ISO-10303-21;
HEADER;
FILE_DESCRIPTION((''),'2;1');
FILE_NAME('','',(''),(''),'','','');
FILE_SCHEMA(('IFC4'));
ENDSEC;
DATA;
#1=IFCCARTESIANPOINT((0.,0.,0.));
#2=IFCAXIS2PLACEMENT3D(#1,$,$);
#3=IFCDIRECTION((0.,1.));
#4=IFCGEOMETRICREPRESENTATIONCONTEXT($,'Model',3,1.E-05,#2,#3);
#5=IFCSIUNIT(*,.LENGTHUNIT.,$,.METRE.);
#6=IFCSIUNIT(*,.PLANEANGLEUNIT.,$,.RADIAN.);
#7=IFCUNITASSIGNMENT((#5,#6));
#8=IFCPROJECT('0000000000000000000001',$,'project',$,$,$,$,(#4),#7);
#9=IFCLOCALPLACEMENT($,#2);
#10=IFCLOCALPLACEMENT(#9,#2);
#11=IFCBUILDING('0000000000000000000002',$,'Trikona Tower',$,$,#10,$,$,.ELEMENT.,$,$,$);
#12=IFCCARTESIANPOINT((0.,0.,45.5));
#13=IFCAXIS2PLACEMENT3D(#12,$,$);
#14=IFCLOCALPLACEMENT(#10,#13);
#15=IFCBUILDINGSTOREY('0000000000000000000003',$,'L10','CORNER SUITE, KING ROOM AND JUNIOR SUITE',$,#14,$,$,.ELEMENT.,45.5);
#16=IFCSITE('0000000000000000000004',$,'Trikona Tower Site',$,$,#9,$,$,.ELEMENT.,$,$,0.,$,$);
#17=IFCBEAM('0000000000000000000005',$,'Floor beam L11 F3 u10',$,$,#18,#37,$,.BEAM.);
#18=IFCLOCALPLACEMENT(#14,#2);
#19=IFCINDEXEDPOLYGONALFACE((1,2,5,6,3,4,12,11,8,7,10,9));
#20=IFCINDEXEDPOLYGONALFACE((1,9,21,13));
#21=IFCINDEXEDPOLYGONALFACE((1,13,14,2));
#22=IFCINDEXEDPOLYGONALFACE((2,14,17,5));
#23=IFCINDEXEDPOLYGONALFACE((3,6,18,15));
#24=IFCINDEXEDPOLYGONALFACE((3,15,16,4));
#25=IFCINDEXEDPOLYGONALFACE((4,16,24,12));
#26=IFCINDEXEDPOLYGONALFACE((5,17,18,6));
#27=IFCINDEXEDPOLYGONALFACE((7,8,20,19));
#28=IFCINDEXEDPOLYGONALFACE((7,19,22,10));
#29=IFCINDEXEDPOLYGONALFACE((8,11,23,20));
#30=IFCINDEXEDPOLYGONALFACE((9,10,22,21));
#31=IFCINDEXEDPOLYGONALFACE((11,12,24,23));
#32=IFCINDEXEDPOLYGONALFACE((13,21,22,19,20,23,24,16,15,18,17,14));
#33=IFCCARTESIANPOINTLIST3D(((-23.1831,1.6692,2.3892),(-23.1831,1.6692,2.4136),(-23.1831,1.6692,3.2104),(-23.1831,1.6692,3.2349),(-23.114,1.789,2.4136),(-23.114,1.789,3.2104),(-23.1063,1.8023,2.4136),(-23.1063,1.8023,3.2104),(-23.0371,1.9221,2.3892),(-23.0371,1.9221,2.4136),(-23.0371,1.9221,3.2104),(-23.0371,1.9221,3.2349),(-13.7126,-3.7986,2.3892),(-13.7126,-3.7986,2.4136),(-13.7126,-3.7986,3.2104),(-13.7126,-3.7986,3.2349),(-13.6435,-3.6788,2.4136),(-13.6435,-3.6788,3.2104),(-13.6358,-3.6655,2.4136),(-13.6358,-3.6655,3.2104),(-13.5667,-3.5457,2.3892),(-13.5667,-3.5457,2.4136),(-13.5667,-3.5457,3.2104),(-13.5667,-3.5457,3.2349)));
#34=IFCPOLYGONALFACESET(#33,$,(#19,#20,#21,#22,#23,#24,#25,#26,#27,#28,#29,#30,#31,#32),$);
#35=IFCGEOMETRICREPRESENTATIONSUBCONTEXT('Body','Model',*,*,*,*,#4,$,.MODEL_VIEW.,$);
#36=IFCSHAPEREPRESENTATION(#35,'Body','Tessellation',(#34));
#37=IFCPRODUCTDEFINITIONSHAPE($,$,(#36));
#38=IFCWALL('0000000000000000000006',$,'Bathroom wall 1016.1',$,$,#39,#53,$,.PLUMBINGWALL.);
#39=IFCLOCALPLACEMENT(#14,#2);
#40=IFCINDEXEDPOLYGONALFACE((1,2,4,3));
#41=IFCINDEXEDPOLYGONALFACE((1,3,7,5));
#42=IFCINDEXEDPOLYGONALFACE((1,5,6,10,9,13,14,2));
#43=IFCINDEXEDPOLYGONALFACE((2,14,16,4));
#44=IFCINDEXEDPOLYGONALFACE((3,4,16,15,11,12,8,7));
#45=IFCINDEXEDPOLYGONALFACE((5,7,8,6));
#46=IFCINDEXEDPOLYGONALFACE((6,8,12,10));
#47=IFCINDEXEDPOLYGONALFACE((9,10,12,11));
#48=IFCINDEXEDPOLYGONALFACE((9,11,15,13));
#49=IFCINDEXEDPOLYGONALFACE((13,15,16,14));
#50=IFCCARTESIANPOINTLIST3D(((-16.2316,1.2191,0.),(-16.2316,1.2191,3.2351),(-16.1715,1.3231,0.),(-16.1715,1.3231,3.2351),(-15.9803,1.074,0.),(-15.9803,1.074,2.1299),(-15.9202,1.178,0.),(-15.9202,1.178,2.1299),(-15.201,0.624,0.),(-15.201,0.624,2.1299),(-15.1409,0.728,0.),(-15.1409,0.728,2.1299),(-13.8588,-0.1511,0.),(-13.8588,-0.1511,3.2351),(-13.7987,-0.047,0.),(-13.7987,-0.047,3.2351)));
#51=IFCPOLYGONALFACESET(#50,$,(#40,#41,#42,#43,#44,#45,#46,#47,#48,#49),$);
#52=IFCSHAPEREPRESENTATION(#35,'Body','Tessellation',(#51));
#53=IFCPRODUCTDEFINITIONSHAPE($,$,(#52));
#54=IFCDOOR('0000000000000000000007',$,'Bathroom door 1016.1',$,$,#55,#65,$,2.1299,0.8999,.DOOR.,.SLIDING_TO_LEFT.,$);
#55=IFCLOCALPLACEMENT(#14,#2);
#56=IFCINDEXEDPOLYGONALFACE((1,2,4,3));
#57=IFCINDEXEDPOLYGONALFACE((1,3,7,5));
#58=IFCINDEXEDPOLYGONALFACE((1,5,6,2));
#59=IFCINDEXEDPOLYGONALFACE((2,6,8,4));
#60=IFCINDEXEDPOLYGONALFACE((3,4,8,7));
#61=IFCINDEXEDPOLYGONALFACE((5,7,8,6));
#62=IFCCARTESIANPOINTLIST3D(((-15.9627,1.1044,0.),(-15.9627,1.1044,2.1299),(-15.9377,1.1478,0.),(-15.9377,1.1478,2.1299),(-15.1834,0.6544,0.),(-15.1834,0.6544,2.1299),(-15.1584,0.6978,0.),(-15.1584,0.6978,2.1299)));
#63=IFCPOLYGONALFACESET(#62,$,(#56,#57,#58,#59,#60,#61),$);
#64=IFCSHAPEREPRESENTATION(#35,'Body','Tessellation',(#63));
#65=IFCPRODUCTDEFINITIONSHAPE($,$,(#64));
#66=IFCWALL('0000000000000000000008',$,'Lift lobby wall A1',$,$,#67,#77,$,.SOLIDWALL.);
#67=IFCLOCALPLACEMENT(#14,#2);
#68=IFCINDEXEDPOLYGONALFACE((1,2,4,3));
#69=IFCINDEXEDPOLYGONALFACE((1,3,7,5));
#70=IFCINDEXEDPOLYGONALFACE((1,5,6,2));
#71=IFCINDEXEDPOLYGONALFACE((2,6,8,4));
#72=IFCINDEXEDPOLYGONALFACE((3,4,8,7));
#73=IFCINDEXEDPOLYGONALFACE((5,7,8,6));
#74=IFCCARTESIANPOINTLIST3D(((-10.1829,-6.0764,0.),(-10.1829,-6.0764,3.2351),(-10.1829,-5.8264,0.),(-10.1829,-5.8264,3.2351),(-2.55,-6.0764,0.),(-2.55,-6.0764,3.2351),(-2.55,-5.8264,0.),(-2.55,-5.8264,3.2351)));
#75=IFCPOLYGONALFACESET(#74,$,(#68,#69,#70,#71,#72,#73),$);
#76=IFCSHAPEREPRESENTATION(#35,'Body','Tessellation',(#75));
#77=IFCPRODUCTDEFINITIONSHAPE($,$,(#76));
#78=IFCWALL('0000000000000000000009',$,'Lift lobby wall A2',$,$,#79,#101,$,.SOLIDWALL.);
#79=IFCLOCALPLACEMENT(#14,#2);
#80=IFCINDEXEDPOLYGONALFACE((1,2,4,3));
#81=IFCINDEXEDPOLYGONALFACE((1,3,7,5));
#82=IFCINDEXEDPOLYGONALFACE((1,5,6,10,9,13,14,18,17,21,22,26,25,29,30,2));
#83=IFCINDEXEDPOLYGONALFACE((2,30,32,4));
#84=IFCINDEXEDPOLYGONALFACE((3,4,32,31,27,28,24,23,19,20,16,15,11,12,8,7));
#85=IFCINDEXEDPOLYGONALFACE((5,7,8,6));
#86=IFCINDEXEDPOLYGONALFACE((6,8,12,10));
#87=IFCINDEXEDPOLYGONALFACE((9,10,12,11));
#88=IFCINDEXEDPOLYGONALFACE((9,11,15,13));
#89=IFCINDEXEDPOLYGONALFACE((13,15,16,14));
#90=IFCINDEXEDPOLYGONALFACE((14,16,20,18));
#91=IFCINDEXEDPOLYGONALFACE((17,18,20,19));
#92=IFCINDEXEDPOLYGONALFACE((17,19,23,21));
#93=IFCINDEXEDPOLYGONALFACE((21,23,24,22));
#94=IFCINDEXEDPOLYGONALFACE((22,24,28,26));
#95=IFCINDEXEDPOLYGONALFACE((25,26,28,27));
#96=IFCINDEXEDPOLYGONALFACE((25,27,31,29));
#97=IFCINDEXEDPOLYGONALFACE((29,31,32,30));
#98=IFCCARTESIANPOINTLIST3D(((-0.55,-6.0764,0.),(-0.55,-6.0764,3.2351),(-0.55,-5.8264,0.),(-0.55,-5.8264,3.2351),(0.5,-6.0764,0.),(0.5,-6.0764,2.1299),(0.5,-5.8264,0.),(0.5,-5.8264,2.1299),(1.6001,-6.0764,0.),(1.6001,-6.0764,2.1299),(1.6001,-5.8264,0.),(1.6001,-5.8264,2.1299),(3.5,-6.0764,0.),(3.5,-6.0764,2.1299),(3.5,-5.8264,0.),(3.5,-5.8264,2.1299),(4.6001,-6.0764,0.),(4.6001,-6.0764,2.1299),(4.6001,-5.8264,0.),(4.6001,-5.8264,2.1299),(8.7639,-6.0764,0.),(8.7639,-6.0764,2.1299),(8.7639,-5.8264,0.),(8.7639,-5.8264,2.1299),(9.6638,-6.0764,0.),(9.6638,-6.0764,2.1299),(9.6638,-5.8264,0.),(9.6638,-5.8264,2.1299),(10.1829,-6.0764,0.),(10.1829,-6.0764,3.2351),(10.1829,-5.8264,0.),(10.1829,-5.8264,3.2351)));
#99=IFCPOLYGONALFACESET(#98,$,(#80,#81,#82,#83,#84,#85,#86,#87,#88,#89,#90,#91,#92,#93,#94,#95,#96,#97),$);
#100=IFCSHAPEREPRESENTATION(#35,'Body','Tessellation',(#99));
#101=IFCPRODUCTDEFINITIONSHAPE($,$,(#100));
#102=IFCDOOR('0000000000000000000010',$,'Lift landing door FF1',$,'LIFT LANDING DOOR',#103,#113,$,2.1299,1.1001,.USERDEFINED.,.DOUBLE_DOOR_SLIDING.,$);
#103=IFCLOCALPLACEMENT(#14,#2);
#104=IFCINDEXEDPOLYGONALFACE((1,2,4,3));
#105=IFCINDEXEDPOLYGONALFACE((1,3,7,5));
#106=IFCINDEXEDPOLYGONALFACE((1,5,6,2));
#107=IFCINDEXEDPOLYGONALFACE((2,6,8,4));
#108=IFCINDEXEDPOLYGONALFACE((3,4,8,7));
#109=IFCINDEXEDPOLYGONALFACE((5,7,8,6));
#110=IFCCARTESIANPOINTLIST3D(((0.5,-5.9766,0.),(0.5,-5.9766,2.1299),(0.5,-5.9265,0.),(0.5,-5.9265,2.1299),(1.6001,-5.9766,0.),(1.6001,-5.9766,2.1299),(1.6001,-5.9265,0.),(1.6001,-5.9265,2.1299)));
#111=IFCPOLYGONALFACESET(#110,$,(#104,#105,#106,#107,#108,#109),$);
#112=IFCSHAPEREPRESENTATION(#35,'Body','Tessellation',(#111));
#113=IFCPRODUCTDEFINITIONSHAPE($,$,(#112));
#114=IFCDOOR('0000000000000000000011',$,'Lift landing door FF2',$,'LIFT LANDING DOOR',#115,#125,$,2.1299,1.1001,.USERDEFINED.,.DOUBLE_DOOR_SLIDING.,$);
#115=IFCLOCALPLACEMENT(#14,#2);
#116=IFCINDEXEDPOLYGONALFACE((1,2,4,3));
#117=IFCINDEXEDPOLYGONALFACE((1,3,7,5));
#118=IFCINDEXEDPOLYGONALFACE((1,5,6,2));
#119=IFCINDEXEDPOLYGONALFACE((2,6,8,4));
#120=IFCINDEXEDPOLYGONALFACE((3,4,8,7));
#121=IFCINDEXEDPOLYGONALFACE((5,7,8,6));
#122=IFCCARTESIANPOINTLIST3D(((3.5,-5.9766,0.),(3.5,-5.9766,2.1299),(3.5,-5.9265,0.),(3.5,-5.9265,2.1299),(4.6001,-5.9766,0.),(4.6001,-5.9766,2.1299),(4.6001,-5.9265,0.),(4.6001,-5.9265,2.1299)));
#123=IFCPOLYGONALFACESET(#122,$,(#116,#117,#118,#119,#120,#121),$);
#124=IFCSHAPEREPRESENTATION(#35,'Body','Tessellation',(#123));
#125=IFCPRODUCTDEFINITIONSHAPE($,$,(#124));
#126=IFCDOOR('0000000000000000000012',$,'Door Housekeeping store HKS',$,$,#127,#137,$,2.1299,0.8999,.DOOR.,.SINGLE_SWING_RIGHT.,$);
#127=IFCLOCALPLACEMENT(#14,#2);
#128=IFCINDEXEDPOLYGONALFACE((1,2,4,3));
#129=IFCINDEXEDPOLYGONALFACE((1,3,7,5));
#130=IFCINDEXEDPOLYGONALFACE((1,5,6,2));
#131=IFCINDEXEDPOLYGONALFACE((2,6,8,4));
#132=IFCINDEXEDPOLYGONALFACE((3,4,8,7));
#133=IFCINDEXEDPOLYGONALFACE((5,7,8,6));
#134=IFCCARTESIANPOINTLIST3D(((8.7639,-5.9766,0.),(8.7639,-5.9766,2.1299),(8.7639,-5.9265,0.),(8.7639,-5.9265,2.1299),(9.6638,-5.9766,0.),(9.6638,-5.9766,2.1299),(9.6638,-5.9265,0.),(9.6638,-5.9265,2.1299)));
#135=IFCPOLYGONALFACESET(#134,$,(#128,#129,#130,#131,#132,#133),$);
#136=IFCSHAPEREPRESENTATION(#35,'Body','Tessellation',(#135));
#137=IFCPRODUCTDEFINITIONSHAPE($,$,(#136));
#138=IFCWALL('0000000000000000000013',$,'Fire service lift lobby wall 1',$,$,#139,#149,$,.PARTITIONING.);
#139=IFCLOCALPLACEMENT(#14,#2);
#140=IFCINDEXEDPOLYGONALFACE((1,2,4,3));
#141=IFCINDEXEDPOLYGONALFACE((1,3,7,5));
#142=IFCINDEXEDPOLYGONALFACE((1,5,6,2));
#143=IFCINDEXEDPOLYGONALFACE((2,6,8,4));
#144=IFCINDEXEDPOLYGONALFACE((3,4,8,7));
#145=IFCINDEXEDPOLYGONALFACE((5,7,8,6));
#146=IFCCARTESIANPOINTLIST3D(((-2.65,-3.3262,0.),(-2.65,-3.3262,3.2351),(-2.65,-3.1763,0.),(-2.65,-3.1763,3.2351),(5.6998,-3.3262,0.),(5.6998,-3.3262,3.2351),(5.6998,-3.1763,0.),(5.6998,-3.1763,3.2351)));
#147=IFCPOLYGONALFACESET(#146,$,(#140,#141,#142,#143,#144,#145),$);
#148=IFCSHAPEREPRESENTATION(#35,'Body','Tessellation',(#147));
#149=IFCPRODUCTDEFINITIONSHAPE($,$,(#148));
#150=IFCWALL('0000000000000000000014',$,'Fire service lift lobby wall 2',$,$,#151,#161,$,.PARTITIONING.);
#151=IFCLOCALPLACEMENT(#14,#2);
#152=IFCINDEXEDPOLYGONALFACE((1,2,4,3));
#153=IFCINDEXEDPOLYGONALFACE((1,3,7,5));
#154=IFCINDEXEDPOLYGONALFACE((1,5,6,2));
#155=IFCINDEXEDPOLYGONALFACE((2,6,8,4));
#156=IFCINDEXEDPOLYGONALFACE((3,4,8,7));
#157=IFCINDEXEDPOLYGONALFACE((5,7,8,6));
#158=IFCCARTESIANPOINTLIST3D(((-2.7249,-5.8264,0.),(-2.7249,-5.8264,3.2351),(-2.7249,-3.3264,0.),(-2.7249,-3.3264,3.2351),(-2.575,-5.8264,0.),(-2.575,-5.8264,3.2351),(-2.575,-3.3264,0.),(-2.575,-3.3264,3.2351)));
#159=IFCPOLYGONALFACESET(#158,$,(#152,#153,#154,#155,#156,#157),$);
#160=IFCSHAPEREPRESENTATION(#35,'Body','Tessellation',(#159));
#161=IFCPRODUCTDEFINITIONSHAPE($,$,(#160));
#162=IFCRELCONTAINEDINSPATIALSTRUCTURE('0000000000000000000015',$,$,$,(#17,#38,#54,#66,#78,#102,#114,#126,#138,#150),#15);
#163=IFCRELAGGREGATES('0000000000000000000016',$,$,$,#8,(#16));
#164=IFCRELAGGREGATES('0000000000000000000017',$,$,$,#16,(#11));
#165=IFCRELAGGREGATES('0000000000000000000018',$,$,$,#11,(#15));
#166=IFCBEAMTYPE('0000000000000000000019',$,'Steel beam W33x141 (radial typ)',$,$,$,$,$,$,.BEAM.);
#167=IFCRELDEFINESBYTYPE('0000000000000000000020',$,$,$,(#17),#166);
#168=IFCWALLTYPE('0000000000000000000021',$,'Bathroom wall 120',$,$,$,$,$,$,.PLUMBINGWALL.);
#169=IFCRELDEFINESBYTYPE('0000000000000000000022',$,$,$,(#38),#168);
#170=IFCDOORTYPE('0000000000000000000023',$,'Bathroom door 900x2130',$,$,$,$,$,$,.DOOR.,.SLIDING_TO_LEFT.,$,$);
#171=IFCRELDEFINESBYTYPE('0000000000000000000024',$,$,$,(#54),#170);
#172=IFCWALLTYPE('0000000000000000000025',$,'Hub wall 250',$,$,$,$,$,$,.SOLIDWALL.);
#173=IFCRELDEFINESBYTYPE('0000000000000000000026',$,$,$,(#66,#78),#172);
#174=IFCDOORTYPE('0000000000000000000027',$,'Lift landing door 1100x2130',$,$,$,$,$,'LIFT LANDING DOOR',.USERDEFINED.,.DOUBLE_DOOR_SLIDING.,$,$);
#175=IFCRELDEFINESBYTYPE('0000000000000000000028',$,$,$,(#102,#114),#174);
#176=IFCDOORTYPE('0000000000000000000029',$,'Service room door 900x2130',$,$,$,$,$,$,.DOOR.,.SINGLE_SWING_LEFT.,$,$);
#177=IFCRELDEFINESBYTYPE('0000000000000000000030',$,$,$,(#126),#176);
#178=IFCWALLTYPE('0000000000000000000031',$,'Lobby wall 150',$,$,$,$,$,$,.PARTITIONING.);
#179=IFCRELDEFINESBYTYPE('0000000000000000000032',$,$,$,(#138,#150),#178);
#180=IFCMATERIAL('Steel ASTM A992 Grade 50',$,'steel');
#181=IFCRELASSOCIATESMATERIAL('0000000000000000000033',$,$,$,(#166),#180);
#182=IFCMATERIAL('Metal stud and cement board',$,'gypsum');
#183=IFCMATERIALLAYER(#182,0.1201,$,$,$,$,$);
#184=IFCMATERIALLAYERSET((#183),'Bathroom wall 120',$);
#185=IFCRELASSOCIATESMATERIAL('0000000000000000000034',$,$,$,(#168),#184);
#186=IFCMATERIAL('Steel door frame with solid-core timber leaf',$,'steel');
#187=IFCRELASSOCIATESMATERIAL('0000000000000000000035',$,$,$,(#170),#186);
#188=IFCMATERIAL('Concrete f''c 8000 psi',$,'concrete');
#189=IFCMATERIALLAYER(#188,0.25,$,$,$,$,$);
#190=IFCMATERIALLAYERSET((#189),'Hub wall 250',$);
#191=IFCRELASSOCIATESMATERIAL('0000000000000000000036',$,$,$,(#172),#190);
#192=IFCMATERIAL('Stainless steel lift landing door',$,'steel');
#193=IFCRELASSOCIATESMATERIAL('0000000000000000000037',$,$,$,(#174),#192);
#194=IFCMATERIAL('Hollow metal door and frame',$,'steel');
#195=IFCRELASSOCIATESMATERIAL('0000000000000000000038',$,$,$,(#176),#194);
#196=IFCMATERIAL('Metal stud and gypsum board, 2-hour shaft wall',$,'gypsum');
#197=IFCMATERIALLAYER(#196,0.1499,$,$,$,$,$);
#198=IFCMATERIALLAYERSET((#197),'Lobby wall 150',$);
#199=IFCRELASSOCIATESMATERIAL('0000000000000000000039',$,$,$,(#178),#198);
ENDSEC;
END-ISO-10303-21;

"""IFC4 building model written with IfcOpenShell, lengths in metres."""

from ifc_helpers import new_model, si_unit, direction, frame, frame_2d, origin, origin_2d, place, context, subcontext, project, spatial, rectangle, i_section, extrude, material, layer, layer_set, material_profile, profile_set, type_object, element, fill, save


model = new_model("IFC4")

# Units and contexts
model_context = context("Model", 3, precision=1e-05, world=origin(), true_north=direction((0.0, 1.0)))
body_context = subcontext(model_context, "Body", "Model", "MODEL_VIEW")
ifc_project = project(units=[si_unit("LENGTHUNIT", "METRE"), si_unit("PLANEANGLEUNIT", "RADIAN")], contexts=[model_context])

# Site, building, storey
site_placement = place(None, origin())
site = spatial("IfcSite", under=ifc_project, at=site_placement, Name="Trikona Tower Site", CompositionType="ELEMENT", RefElevation=0.0)
building_placement = place(site_placement, origin())
building = spatial("IfcBuilding", under=site, at=building_placement, Name="Trikona Tower", CompositionType="ELEMENT")
storey_placement = place(building_placement, frame((0.0, 0.0, 45.5)))
storey = spatial("IfcBuildingStorey", under=building, at=storey_placement, Name="L10", Description="CORNER SUITE, KING ROOM AND JUNIOR SUITE", CompositionType="ELEMENT", Elevation=45.5)

# Beam
ifc_material_1 = material(Name="Steel ASTM A992 Grade 50", Category="steel")
ifc_material_profile = material_profile(ifc_material_1, i_section(OverallWidth=0.292, OverallDepth=0.8457, WebThickness=0.0154, FlangeThickness=0.0244, at=origin_2d()), Name="W33X141")
ifc_profile_set = profile_set([ifc_material_profile], Name="Steel ASTM A992 Grade 50")
beam_type = type_object("IfcBeamType", Name="Steel beam W33x141 (radial typ)", PredefinedType="BEAM", material=ifc_profile_set)
beam_placement = place(storey_placement, frame((-13.6396, -3.6721, 2.812), z_axis=(-0.866025, 0.5, 0.0), x_axis=(-0.5, -0.866025, 0.0)))
element("IfcBeam", 1, at=beam_placement, inside=storey, type_object=beam_type, Name="Floor beam L11 F3 u10", PredefinedType="BEAM", context=body_context, shape_type="SweptSolid", body=[
    extrude(i_section(OverallWidth=0.292, OverallDepth=0.8457, WebThickness=0.0154, FlangeThickness=0.0244, at=origin_2d()), origin(), (0.0, 0.0, 1.0), 10.9355),
])

# Wall, opening, door
ifc_material_2 = material(Name="Metal stud and cement board", Category="gypsum")
ifc_layer_1 = layer(ifc_material_2, 0.1201)
ifc_layer_set_1 = layer_set([ifc_layer_1], Name="Bathroom wall 120")
wall_type_1 = type_object("IfcWallType", Name="Bathroom wall 120", PredefinedType="PLUMBINGWALL", material=ifc_layer_set_1)
wall_1_placement = place(storey_placement, frame((-13.8286, -0.0991, 0.0), z_axis=(0.0, 0.0, 1.0), x_axis=(-0.865997, 0.500049, 0.0)))
wall_1 = element("IfcWall", 2, at=wall_1_placement, inside=storey, type_object=wall_type_1, Name="Bathroom wall 1016.1", PredefinedType="PLUMBINGWALL", context=body_context, shape_type="SweptSolid", body=[
    extrude(rectangle(XDim=2.74, YDim=0.1201, at=frame_2d((1.3701, 0.0))), origin(), (0.0, 0.0, 1.0), 3.2351),
])
opening_1_placement = place(wall_1_placement, frame((1.55, 0.0, 0.0)))
opening_1 = element("IfcOpeningElement", 3, at=opening_1_placement, cuts=wall_1, PredefinedType="OPENING", context=body_context, shape_type="SweptSolid", body=[
    extrude(rectangle(XDim=0.8999, YDim=2.1299, at=frame_2d((0.45, 1.0649))), frame((0.0, 0.0701, 0.0), z_axis=(0.0, -1.0, 0.0), x_axis=(1.0, 0.0, 0.0)), (0.0, 0.0, 1.0), 0.1401),
])
ifc_material_3 = material(Name="Steel door frame with solid-core timber leaf", Category="steel")
door_type_1 = type_object("IfcDoorType", Name="Bathroom door 900x2130", OperationType="SLIDING_TO_LEFT", PredefinedType="DOOR", material=ifc_material_3)
door_1_placement = place(opening_1_placement, origin())
door_1 = element("IfcDoor", 4, at=door_1_placement, inside=storey, type_object=door_type_1, Name="Bathroom door 1016.1", OperationType="SLIDING_TO_LEFT", OverallHeight=2.1299, OverallWidth=0.8999, PredefinedType="DOOR", context=body_context, shape_type="SweptSolid", body=[
    extrude(rectangle(XDim=0.8999, YDim=2.1299, at=frame_2d((0.45, 1.0649))), frame((0.0, 0.0249, 0.0), z_axis=(0.0, -1.0, 0.0), x_axis=(1.0, 0.0, 0.0)), (0.0, 0.0, 1.0), 0.05),
])
fill(opening_1, door_1)

# Wall
ifc_material_4 = material(Name="Concrete f'c 8000 psi", Category="concrete")
ifc_layer_2 = layer(ifc_material_4, 0.25)
ifc_layer_set_2 = layer_set([ifc_layer_2], Name="Hub wall 250")
wall_type_2 = type_object("IfcWallType", Name="Hub wall 250", PredefinedType="SOLIDWALL", material=ifc_layer_set_2)
wall_2_placement = place(storey_placement, frame((-10.1829, -5.9514, 0.0), z_axis=(0.0, 0.0, 1.0), x_axis=(1.0, 0.0, 0.0)))
element("IfcWall", 5, at=wall_2_placement, inside=storey, type_object=wall_type_2, Name="Lift lobby wall A1", PredefinedType="SOLIDWALL", context=body_context, shape_type="SweptSolid", body=[
    extrude(rectangle(XDim=7.6328, YDim=0.25, at=frame_2d((3.8164, 0.0))), origin(), (0.0, 0.0, 1.0), 3.2351),
])

# Wall, openings, doors
wall_3_placement = place(storey_placement, frame((-0.55, -5.9514, 0.0), z_axis=(0.0, 0.0, 1.0), x_axis=(1.0, 0.0, 0.0)))
wall_3 = element("IfcWall", 6, at=wall_3_placement, inside=storey, type_object=wall_type_2, Name="Lift lobby wall A2", PredefinedType="SOLIDWALL", context=body_context, shape_type="SweptSolid", body=[
    extrude(rectangle(XDim=10.7329, YDim=0.25, at=frame_2d((5.3665, 0.0))), origin(), (0.0, 0.0, 1.0), 3.2351),
])
opening_2_placement = place(wall_3_placement, frame((9.314, 0.0, 0.0)))
opening_2 = element("IfcOpeningElement", 7, at=opening_2_placement, cuts=wall_3, PredefinedType="OPENING", context=body_context, shape_type="SweptSolid", body=[
    extrude(rectangle(XDim=0.8999, YDim=2.1299, at=frame_2d((0.45, 1.0649))), frame((0.0, 0.135, 0.0), z_axis=(0.0, -1.0, 0.0), x_axis=(1.0, 0.0, 0.0)), (0.0, 0.0, 1.0), 0.27),
])
opening_3_placement = place(wall_3_placement, frame((1.05, 0.0, 0.0)))
opening_3 = element("IfcOpeningElement", 8, at=opening_3_placement, cuts=wall_3, PredefinedType="OPENING", context=body_context, shape_type="SweptSolid", body=[
    extrude(rectangle(XDim=1.1001, YDim=2.1299, at=frame_2d((0.55, 1.0649))), frame((0.0, 0.135, 0.0), z_axis=(0.0, -1.0, 0.0), x_axis=(1.0, 0.0, 0.0)), (0.0, 0.0, 1.0), 0.27),
])
opening_4_placement = place(wall_3_placement, frame((4.05, 0.0, 0.0)))
opening_4 = element("IfcOpeningElement", 9, at=opening_4_placement, cuts=wall_3, PredefinedType="OPENING", context=body_context, shape_type="SweptSolid", body=[
    extrude(rectangle(XDim=1.1001, YDim=2.1299, at=frame_2d((0.55, 1.0649))), frame((0.0, 0.135, 0.0), z_axis=(0.0, -1.0, 0.0), x_axis=(1.0, 0.0, 0.0)), (0.0, 0.0, 1.0), 0.27),
])
ifc_material_5 = material(Name="Stainless steel lift landing door", Category="steel")
door_type_2 = type_object("IfcDoorType", Name="Lift landing door 1100x2130", ElementType="LIFT LANDING DOOR", OperationType="DOUBLE_DOOR_SLIDING", PredefinedType="USERDEFINED", material=ifc_material_5)
door_2_placement = place(opening_3_placement, origin())
door_2 = element("IfcDoor", 10, at=door_2_placement, inside=storey, type_object=door_type_2, Name="Lift landing door FF1", ObjectType="LIFT LANDING DOOR", OperationType="DOUBLE_DOOR_SLIDING", OverallHeight=2.1299, OverallWidth=1.1001, PredefinedType="USERDEFINED", context=body_context, shape_type="SweptSolid", body=[
    extrude(rectangle(XDim=1.1001, YDim=2.1299, at=frame_2d((0.55, 1.0649))), frame((0.0, 0.0249, 0.0), z_axis=(0.0, -1.0, 0.0), x_axis=(1.0, 0.0, 0.0)), (0.0, 0.0, 1.0), 0.05),
])
fill(opening_3, door_2)
door_3_placement = place(opening_4_placement, origin())
door_3 = element("IfcDoor", 11, at=door_3_placement, inside=storey, type_object=door_type_2, Name="Lift landing door FF2", ObjectType="LIFT LANDING DOOR", OperationType="DOUBLE_DOOR_SLIDING", OverallHeight=2.1299, OverallWidth=1.1001, PredefinedType="USERDEFINED", context=body_context, shape_type="SweptSolid", body=[
    extrude(rectangle(XDim=1.1001, YDim=2.1299, at=frame_2d((0.55, 1.0649))), frame((0.0, 0.0249, 0.0), z_axis=(0.0, -1.0, 0.0), x_axis=(1.0, 0.0, 0.0)), (0.0, 0.0, 1.0), 0.05),
])
fill(opening_4, door_3)
ifc_material_6 = material(Name="Hollow metal door and frame", Category="steel")
door_type_3 = type_object("IfcDoorType", Name="Service room door 900x2130", OperationType="SINGLE_SWING_LEFT", PredefinedType="DOOR", material=ifc_material_6)
door_4_placement = place(opening_2_placement, origin())
door_4 = element("IfcDoor", 12, at=door_4_placement, inside=storey, type_object=door_type_3, Name="Door Housekeeping store HKS", OperationType="SINGLE_SWING_RIGHT", OverallHeight=2.1299, OverallWidth=0.8999, PredefinedType="DOOR", context=body_context, shape_type="SweptSolid", body=[
    extrude(rectangle(XDim=0.8999, YDim=2.1299, at=frame_2d((0.45, 1.0649))), frame((0.0, 0.0249, 0.0), z_axis=(0.0, -1.0, 0.0), x_axis=(1.0, 0.0, 0.0)), (0.0, 0.0, 1.0), 0.05),
])
fill(opening_2, door_4)

# Walls
ifc_material_7 = material(Name="Metal stud and gypsum board, 2-hour shaft wall", Category="gypsum")
ifc_layer_3 = layer(ifc_material_7, 0.1499)
ifc_layer_set_3 = layer_set([ifc_layer_3], Name="Lobby wall 150")
wall_type_3 = type_object("IfcWallType", Name="Lobby wall 150", PredefinedType="PARTITIONING", material=ifc_layer_set_3)
wall_4_placement = place(storey_placement, frame((-2.6499, -3.2512, 0.0), z_axis=(0.0, 0.0, 1.0), x_axis=(1.0, 0.0, 0.0)))
element("IfcWall", 13, at=wall_4_placement, inside=storey, type_object=wall_type_3, Name="Fire service lift lobby wall 1", PredefinedType="PARTITIONING", context=body_context, shape_type="SweptSolid", body=[
    extrude(rectangle(XDim=8.3499, YDim=0.1499, at=frame_2d((4.1748, 0.0))), origin(), (0.0, 0.0, 1.0), 3.2351),
])
wall_5_placement = place(storey_placement, frame((-2.6499, -5.8264, 0.0), z_axis=(0.0, 0.0, 1.0), x_axis=(0.0, 1.0, 0.0)))
element("IfcWall", 14, at=wall_5_placement, inside=storey, type_object=wall_type_3, Name="Fire service lift lobby wall 2", PredefinedType="PARTITIONING", context=body_context, shape_type="SweptSolid", body=[
    extrude(rectangle(XDim=2.5, YDim=0.1499, at=frame_2d((1.25, 0.0))), origin(), (0.0, 0.0, 1.0), 3.2351),
])

save(model, "model.ifc")
